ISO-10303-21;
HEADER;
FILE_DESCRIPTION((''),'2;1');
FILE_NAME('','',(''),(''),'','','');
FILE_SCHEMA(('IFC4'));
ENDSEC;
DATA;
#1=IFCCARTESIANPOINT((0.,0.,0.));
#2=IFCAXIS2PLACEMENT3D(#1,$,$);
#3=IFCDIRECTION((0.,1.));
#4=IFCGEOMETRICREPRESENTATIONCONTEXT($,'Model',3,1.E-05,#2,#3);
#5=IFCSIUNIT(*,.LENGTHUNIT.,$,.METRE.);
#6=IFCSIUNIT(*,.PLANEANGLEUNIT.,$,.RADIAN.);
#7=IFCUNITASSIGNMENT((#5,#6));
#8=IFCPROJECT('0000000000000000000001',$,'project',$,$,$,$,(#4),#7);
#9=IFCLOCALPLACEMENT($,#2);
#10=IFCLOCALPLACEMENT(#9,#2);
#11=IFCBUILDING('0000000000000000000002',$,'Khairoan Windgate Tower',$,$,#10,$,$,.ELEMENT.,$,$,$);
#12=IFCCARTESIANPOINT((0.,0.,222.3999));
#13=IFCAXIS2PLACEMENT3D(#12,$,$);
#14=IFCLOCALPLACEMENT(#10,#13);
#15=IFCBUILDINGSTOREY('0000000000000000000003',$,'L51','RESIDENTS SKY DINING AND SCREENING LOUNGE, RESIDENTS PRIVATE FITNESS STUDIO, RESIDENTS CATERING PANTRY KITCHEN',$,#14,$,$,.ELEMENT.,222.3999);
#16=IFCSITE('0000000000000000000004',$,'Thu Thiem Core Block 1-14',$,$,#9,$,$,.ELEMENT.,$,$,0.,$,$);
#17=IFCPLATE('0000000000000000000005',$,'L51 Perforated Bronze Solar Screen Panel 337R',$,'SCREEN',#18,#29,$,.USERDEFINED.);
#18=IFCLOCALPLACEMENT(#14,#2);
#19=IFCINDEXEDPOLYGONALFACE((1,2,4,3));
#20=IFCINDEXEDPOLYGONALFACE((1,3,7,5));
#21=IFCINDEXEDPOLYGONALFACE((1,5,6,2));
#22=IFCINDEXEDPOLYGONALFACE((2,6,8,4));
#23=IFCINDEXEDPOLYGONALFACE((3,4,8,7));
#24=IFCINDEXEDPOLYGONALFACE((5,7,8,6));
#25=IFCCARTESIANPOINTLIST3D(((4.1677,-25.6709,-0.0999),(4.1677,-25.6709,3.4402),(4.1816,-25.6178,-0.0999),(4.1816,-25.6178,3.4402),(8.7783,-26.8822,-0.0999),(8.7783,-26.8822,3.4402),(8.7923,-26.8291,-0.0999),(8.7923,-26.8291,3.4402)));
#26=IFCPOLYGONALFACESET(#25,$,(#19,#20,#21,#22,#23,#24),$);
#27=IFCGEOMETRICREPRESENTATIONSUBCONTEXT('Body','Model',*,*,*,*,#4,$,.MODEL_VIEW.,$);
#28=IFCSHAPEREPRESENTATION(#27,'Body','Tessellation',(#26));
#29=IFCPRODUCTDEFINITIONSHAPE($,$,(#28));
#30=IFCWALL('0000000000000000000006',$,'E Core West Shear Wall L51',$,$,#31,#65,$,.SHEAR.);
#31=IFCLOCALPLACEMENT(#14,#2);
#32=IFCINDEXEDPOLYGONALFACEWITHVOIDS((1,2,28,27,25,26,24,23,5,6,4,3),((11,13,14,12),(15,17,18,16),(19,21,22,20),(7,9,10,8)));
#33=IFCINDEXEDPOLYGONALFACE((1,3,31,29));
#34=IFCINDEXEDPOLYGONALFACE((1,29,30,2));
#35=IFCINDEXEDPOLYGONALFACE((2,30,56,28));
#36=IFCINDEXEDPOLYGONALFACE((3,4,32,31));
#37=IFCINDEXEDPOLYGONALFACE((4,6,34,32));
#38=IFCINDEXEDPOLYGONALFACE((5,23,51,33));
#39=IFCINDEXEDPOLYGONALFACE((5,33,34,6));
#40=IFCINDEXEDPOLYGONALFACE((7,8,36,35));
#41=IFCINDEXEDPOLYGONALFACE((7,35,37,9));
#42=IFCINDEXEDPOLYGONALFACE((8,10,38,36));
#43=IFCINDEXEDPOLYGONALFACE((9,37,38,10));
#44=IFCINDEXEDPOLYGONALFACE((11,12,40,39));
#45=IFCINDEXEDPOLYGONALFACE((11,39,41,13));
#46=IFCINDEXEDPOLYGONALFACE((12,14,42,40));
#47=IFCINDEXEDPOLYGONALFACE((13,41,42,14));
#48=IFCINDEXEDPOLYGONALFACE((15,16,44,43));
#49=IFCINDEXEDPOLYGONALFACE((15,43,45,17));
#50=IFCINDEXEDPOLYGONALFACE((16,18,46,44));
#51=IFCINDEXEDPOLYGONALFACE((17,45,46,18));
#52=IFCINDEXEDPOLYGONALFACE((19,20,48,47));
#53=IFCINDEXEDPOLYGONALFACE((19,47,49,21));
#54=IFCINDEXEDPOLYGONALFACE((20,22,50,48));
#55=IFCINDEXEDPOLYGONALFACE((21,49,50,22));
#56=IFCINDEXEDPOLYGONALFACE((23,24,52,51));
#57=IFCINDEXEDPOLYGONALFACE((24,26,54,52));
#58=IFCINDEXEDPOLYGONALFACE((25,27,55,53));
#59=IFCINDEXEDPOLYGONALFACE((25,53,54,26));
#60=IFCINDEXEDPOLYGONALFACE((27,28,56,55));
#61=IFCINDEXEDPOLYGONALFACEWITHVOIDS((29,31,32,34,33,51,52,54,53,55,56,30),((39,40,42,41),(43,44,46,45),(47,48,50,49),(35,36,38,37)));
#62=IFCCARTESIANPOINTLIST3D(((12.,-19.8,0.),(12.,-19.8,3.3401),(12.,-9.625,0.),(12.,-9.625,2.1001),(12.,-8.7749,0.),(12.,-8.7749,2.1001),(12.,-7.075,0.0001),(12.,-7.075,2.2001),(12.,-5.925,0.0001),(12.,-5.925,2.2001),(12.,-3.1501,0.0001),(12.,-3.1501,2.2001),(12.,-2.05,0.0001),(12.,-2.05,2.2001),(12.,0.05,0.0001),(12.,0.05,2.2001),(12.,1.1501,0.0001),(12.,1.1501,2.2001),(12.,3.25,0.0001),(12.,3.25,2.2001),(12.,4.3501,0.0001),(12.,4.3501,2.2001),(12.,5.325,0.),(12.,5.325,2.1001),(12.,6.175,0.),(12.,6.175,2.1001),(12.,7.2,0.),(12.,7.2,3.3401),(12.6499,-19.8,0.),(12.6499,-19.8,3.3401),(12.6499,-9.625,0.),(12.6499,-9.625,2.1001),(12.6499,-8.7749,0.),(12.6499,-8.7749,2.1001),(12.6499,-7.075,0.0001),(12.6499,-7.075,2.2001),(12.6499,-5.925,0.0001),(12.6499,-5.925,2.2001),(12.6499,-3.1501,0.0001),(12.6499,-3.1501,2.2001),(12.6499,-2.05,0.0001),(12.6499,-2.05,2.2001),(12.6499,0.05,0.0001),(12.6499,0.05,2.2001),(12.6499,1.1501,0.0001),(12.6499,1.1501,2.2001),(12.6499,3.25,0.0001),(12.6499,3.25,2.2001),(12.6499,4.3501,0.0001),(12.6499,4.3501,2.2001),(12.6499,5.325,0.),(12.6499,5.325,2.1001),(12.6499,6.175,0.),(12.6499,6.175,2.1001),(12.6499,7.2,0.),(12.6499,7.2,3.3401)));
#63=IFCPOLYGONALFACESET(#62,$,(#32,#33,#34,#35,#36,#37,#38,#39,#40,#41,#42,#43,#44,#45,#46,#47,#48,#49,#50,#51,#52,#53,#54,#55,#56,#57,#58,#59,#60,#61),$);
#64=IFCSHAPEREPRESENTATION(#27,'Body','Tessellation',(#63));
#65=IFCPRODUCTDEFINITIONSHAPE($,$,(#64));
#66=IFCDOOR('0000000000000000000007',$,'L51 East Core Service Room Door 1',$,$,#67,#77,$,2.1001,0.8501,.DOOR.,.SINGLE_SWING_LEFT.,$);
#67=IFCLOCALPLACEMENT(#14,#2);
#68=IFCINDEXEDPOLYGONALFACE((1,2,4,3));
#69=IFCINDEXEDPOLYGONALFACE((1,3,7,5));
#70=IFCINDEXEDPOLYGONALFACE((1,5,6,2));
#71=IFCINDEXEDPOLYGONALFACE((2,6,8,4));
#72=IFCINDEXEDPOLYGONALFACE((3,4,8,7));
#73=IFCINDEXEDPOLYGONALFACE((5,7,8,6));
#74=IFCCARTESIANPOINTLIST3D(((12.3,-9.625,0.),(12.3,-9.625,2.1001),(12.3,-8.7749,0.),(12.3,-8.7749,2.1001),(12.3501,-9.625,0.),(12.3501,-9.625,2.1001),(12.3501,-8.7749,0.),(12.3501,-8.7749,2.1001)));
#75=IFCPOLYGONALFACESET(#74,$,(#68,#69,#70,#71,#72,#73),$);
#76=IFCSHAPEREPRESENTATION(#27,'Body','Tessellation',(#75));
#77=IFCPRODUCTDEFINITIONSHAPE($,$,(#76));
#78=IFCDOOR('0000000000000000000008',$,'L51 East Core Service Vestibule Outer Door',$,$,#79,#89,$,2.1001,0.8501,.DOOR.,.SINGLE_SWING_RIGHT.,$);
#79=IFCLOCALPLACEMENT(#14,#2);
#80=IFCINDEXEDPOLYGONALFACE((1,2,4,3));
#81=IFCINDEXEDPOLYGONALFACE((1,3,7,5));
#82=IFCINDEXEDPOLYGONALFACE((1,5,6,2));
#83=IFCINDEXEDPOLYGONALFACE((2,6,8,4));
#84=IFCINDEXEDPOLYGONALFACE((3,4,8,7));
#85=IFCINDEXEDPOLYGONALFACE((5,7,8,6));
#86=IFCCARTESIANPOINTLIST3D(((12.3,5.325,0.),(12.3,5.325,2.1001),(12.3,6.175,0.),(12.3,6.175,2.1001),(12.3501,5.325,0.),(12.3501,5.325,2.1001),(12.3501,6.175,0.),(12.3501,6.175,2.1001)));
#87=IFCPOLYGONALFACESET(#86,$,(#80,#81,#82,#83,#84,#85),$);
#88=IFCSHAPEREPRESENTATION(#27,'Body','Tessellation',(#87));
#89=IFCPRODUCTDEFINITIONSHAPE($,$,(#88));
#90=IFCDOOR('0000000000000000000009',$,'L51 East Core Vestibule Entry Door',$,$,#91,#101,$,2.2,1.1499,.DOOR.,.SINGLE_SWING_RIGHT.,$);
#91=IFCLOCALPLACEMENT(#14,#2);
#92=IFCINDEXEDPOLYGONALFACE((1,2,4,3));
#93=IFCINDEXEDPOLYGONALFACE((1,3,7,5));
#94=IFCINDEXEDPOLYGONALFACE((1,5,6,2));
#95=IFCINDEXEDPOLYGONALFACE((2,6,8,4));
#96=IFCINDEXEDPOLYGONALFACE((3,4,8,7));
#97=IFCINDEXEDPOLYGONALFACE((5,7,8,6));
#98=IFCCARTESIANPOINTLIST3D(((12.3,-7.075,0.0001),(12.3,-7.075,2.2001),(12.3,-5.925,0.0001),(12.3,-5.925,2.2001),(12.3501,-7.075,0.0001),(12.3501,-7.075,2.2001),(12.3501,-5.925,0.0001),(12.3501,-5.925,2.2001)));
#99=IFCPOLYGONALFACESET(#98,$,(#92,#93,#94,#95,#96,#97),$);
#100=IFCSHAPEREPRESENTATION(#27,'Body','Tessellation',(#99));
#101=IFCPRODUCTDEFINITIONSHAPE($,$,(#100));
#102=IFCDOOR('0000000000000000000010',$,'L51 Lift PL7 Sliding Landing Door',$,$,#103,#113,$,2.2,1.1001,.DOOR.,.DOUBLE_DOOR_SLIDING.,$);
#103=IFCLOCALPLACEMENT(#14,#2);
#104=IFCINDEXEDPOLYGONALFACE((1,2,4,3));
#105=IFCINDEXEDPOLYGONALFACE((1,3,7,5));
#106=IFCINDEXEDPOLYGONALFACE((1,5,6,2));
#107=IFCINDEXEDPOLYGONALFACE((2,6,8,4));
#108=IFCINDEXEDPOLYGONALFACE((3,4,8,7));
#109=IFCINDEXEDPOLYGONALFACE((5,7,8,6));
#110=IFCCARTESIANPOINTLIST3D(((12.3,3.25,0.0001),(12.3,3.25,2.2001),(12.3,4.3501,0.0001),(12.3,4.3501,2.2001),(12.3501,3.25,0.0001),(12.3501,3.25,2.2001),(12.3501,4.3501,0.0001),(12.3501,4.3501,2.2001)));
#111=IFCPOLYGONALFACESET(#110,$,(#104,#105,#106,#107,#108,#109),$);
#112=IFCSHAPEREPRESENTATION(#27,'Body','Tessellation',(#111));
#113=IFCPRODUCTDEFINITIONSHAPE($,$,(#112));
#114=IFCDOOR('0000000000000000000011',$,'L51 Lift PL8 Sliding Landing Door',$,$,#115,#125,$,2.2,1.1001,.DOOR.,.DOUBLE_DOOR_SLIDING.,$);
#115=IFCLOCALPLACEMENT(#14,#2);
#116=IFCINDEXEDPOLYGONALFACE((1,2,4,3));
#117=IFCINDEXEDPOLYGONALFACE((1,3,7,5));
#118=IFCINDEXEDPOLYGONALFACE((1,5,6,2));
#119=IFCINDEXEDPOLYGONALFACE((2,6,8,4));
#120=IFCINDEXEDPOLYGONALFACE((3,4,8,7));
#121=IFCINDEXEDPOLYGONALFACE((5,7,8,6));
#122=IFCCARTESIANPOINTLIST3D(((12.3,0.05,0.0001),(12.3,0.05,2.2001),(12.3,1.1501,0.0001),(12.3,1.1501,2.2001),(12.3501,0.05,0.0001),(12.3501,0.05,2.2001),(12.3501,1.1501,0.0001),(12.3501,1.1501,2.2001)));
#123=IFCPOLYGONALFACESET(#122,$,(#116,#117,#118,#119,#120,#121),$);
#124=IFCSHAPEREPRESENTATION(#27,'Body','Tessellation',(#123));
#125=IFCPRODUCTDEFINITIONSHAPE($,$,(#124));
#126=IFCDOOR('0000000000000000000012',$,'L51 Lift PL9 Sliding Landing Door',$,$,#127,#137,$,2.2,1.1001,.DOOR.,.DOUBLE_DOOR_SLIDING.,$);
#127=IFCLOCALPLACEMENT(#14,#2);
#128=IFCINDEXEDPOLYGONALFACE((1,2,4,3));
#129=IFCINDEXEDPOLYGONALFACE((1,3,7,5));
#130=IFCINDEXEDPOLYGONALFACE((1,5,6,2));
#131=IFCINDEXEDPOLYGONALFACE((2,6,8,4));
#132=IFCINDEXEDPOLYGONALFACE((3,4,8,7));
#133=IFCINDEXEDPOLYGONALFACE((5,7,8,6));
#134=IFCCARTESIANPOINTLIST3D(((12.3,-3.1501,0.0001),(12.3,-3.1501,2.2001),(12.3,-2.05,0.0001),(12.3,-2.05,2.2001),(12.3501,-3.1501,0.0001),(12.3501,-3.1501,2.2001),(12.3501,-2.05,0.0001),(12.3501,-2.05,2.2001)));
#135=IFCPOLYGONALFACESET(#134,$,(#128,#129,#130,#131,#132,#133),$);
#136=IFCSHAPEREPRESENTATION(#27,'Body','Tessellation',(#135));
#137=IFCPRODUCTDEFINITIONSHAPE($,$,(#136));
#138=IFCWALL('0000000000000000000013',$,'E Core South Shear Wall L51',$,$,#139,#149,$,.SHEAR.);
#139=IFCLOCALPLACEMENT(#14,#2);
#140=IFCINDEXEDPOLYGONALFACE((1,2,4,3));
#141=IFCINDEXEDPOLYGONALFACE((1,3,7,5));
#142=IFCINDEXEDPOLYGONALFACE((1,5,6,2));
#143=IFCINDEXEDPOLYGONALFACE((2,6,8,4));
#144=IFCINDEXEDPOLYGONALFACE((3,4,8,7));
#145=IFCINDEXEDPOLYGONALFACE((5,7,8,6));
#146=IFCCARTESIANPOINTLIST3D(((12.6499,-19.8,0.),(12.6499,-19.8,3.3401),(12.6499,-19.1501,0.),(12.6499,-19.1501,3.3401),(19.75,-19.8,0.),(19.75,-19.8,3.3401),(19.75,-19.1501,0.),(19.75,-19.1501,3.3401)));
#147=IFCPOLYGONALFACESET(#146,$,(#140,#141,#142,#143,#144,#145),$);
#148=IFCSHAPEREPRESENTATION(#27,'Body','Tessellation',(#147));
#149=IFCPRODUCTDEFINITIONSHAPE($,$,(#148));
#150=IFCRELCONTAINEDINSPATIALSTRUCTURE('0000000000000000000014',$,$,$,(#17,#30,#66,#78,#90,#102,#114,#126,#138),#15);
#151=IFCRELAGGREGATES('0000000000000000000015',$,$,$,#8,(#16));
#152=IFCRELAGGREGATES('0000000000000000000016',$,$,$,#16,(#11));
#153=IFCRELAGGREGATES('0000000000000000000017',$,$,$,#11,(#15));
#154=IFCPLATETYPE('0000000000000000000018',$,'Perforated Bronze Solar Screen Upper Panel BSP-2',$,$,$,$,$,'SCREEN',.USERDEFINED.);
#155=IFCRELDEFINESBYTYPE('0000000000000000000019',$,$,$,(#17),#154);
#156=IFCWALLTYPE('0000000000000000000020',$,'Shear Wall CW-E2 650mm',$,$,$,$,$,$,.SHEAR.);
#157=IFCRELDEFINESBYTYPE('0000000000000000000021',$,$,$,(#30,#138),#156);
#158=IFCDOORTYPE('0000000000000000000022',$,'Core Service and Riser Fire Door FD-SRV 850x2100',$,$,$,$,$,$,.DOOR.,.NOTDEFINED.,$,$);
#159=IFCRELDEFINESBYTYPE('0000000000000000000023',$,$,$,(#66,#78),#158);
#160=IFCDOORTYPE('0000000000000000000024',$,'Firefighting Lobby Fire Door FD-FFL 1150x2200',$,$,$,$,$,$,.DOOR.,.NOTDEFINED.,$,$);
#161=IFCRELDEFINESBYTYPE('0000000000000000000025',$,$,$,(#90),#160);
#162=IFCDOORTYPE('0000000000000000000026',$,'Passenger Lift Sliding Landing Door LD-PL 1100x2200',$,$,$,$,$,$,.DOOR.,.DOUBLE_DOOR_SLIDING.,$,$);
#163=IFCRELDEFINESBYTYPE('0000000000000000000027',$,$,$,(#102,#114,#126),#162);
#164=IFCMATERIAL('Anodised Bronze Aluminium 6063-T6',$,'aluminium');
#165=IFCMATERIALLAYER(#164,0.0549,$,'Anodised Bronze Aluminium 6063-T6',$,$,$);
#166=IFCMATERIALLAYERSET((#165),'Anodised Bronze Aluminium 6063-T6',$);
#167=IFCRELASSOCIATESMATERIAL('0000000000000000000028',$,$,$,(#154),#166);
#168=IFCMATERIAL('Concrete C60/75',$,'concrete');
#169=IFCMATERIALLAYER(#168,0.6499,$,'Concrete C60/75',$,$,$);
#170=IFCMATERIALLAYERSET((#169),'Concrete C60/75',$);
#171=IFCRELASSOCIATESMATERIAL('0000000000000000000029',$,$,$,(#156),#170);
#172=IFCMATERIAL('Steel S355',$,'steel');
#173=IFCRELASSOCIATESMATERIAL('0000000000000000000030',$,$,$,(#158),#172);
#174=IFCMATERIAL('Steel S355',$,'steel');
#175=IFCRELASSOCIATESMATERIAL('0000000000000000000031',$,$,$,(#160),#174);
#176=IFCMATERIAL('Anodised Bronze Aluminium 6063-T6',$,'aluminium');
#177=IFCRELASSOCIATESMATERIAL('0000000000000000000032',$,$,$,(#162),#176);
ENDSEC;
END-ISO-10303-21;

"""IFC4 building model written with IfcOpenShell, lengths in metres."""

from ifc_helpers import new_model, si_unit, direction, frame, frame_2d, origin, origin_2d, place, context, subcontext, project, spatial, rectangle, extrude, material, layer, layer_set, type_object, element, fill, save


model = new_model("IFC4")

# Units and contexts
model_context = context("Model", 3, precision=1e-05, world=origin(), true_north=direction((0.0, 1.0)))
body_context = subcontext(model_context, "Body", "Model", "MODEL_VIEW")
ifc_project = project(units=[si_unit("LENGTHUNIT", "METRE"), si_unit("PLANEANGLEUNIT", "RADIAN")], contexts=[model_context])

# Site, building, storey
site_placement = place(None, origin())
site = spatial("IfcSite", under=ifc_project, at=site_placement, Name="Thu Thiem Core Block 1-14", CompositionType="ELEMENT", RefElevation=0.0)
building_placement = place(site_placement, origin())
building = spatial("IfcBuilding", under=site, at=building_placement, Name="Khairoan Windgate Tower", CompositionType="ELEMENT")
storey_placement = place(building_placement, frame((0.0, 0.0, 222.3999)))
storey = spatial("IfcBuildingStorey", under=building, at=storey_placement, Name="L51", Description="RESIDENTS SKY DINING AND SCREENING LOUNGE, RESIDENTS PRIVATE FITNESS STUDIO, RESIDENTS CATERING PANTRY KITCHEN", CompositionType="ELEMENT", Elevation=222.3999)

# Plate
ifc_material_1 = material(Name="Anodised Bronze Aluminium 6063-T6", Category="aluminium")
ifc_layer_1 = layer(ifc_material_1, 0.0549, Name="Anodised Bronze Aluminium 6063-T6")
ifc_layer_set_1 = layer_set([ifc_layer_1], Name="Anodised Bronze Aluminium 6063-T6")
plate_type = type_object("IfcPlateType", Name="Perforated Bronze Solar Screen Upper Panel BSP-2", ElementType="SCREEN", PredefinedType="USERDEFINED", material=ifc_layer_set_1)
plate_placement = place(storey_placement, frame((6.48, -26.25, -0.0999), z_axis=(0.0, 0.0, 1.0), x_axis=(-0.967179, 0.254096, 0.0)))
element("IfcPlate", 1, at=plate_placement, inside=storey, type_object=plate_type, Name="L51 Perforated Bronze Solar Screen Panel 337R", ObjectType="SCREEN", PredefinedType="USERDEFINED", context=body_context, shape_type="SweptSolid", body=[
    extrude(rectangle(XDim=4.7671, YDim=0.0549, at=origin_2d()), origin(), (0.0, 0.0, 1.0), 3.54),
])

# Wall, openings, doors
ifc_material_2 = material(Name="Concrete C60/75", Category="concrete")
ifc_layer_2 = layer(ifc_material_2, 0.6499, Name="Concrete C60/75")
ifc_layer_set_2 = layer_set([ifc_layer_2], Name="Concrete C60/75")
wall_type_1 = type_object("IfcWallType", Name="Shear Wall CW-E2 650mm", PredefinedType="SHEAR", material=ifc_layer_set_2)
wall_1_placement = place(storey_placement, frame((12.325, -19.8, 0.0), z_axis=(0.0, 0.0, 1.0), x_axis=(0.0, 1.0, 0.0)))
wall_1 = element("IfcWall", 2, at=wall_1_placement, inside=storey, type_object=wall_type_1, Name="E Core West Shear Wall L51", PredefinedType="SHEAR", context=body_context, shape_type="SweptSolid", body=[
    extrude(rectangle(XDim=27.0, YDim=0.6499, at=frame_2d((13.5, 0.0))), origin(), (0.0, 0.0, 1.0), 3.3401),
])
opening_1_placement = place(wall_1_placement, frame((23.05, 0.0, 0.0)))
opening_1 = element("IfcOpeningElement", 3, at=opening_1_placement, cuts=wall_1, PredefinedType="OPENING", context=body_context, shape_type="SweptSolid", body=[
    extrude(rectangle(XDim=1.1001, YDim=2.2, at=frame_2d((0.55, 1.1001))), frame((0.0, 0.335, 0.0), z_axis=(0.0, -1.0, 0.0), x_axis=(1.0, 0.0, 0.0)), (0.0, 0.0, 1.0), 0.6699),
])
opening_2_placement = place(wall_1_placement, frame((19.8501, 0.0, 0.0)))
opening_2 = element("IfcOpeningElement", 4, at=opening_2_placement, cuts=wall_1, PredefinedType="OPENING", context=body_context, shape_type="SweptSolid", body=[
    extrude(rectangle(XDim=1.1001, YDim=2.2, at=frame_2d((0.55, 1.1001))), frame((0.0, 0.335, 0.0), z_axis=(0.0, -1.0, 0.0), x_axis=(1.0, 0.0, 0.0)), (0.0, 0.0, 1.0), 0.6699),
])
opening_3_placement = place(wall_1_placement, frame((16.6499, 0.0, 0.0)))
opening_3 = element("IfcOpeningElement", 5, at=opening_3_placement, cuts=wall_1, PredefinedType="OPENING", context=body_context, shape_type="SweptSolid", body=[
    extrude(rectangle(XDim=1.1001, YDim=2.2, at=frame_2d((0.55, 1.1001))), frame((0.0, 0.335, 0.0), z_axis=(0.0, -1.0, 0.0), x_axis=(1.0, 0.0, 0.0)), (0.0, 0.0, 1.0), 0.6699),
])
opening_4_placement = place(wall_1_placement, frame((10.175, 0.0, 0.0)))
opening_4 = element("IfcOpeningElement", 6, at=opening_4_placement, cuts=wall_1, PredefinedType="OPENING", context=body_context, shape_type="SweptSolid", body=[
    extrude(rectangle(XDim=0.8501, YDim=2.1001, at=frame_2d((0.425, 1.05))), frame((0.0, 0.335, 0.0), z_axis=(0.0, -1.0, 0.0), x_axis=(1.0, 0.0, 0.0)), (0.0, 0.0, 1.0), 0.6699),
])
opening_5_placement = place(wall_1_placement, frame((12.7251, 0.0, 0.0)))
opening_5 = element("IfcOpeningElement", 7, at=opening_5_placement, cuts=wall_1, PredefinedType="OPENING", context=body_context, shape_type="SweptSolid", body=[
    extrude(rectangle(XDim=1.1499, YDim=2.2, at=frame_2d((0.575, 1.1001))), frame((0.0, 0.335, 0.0), z_axis=(0.0, -1.0, 0.0), x_axis=(1.0, 0.0, 0.0)), (0.0, 0.0, 1.0), 0.6699),
])
opening_6_placement = place(wall_1_placement, frame((25.125, 0.0, 0.0)))
opening_6 = element("IfcOpeningElement", 8, at=opening_6_placement, cuts=wall_1, PredefinedType="OPENING", context=body_context, shape_type="SweptSolid", body=[
    extrude(rectangle(XDim=0.8501, YDim=2.1001, at=frame_2d((0.425, 1.05))), frame((0.0, 0.335, 0.0), z_axis=(0.0, -1.0, 0.0), x_axis=(1.0, 0.0, 0.0)), (0.0, 0.0, 1.0), 0.6699),
])
ifc_material_3 = material(Name="Steel S355", Category="steel")
door_type_1 = type_object("IfcDoorType", Name="Core Service and Riser Fire Door FD-SRV 850x2100", OperationType="NOTDEFINED", PredefinedType="DOOR", material=ifc_material_3)
door_1_placement = place(opening_4_placement, origin())
door_1 = element("IfcDoor", 9, at=door_1_placement, inside=storey, type_object=door_type_1, Name="L51 East Core Service Room Door 1", OperationType="SINGLE_SWING_LEFT", OverallHeight=2.1001, OverallWidth=0.8501, PredefinedType="DOOR", context=body_context, shape_type="SweptSolid", body=[
    extrude(rectangle(XDim=0.8501, YDim=2.1001, at=frame_2d((0.425, 1.05))), frame((0.0, 0.0249, 0.0), z_axis=(0.0, -1.0, 0.0), x_axis=(1.0, 0.0, 0.0)), (0.0, 0.0, 1.0), 0.05),
])
fill(opening_4, door_1)
door_2_placement = place(opening_6_placement, origin())
door_2 = element("IfcDoor", 10, at=door_2_placement, inside=storey, type_object=door_type_1, Name="L51 East Core Service Vestibule Outer Door", OperationType="SINGLE_SWING_RIGHT", OverallHeight=2.1001, OverallWidth=0.8501, PredefinedType="DOOR", context=body_context, shape_type="SweptSolid", body=[
    extrude(rectangle(XDim=0.8501, YDim=2.1001, at=frame_2d((0.425, 1.05))), frame((0.0, 0.0249, 0.0), z_axis=(0.0, -1.0, 0.0), x_axis=(1.0, 0.0, 0.0)), (0.0, 0.0, 1.0), 0.05),
])
fill(opening_6, door_2)
ifc_material_4 = material(Name="Steel S355", Category="steel")
door_type_2 = type_object("IfcDoorType", Name="Firefighting Lobby Fire Door FD-FFL 1150x2200", OperationType="NOTDEFINED", PredefinedType="DOOR", material=ifc_material_4)
door_3_placement = place(opening_5_placement, origin())
door_3 = element("IfcDoor", 11, at=door_3_placement, inside=storey, type_object=door_type_2, Name="L51 East Core Vestibule Entry Door", OperationType="SINGLE_SWING_RIGHT", OverallHeight=2.2, OverallWidth=1.1499, PredefinedType="DOOR", context=body_context, shape_type="SweptSolid", body=[
    extrude(rectangle(XDim=1.1499, YDim=2.2, at=frame_2d((0.575, 1.1001))), frame((0.0, 0.0249, 0.0), z_axis=(0.0, -1.0, 0.0), x_axis=(1.0, 0.0, 0.0)), (0.0, 0.0, 1.0), 0.05),
])
fill(opening_5, door_3)
ifc_material_5 = material(Name="Anodised Bronze Aluminium 6063-T6", Category="aluminium")
door_type_3 = type_object("IfcDoorType", Name="Passenger Lift Sliding Landing Door LD-PL 1100x2200", OperationType="DOUBLE_DOOR_SLIDING", PredefinedType="DOOR", material=ifc_material_5)
door_4_placement = place(opening_1_placement, origin())
door_4 = element("IfcDoor", 12, at=door_4_placement, inside=storey, type_object=door_type_3, Name="L51 Lift PL7 Sliding Landing Door", OperationType="DOUBLE_DOOR_SLIDING", OverallHeight=2.2, OverallWidth=1.1001, PredefinedType="DOOR", context=body_context, shape_type="SweptSolid", body=[
    extrude(rectangle(XDim=1.1001, YDim=2.2, at=frame_2d((0.55, 1.1001))), frame((0.0, 0.0249, 0.0), z_axis=(0.0, -1.0, 0.0), x_axis=(1.0, 0.0, 0.0)), (0.0, 0.0, 1.0), 0.05),
])
fill(opening_1, door_4)
door_5_placement = place(opening_2_placement, origin())
door_5 = element("IfcDoor", 13, at=door_5_placement, inside=storey, type_object=door_type_3, Name="L51 Lift PL8 Sliding Landing Door", OperationType="DOUBLE_DOOR_SLIDING", OverallHeight=2.2, OverallWidth=1.1001, PredefinedType="DOOR", context=body_context, shape_type="SweptSolid", body=[
    extrude(rectangle(XDim=1.1001, YDim=2.2, at=frame_2d((0.55, 1.1001))), frame((0.0, 0.0249, 0.0), z_axis=(0.0, -1.0, 0.0), x_axis=(1.0, 0.0, 0.0)), (0.0, 0.0, 1.0), 0.05),
])
fill(opening_2, door_5)
door_6_placement = place(opening_3_placement, origin())
door_6 = element("IfcDoor", 14, at=door_6_placement, inside=storey, type_object=door_type_3, Name="L51 Lift PL9 Sliding Landing Door", OperationType="DOUBLE_DOOR_SLIDING", OverallHeight=2.2, OverallWidth=1.1001, PredefinedType="DOOR", context=body_context, shape_type="SweptSolid", body=[
    extrude(rectangle(XDim=1.1001, YDim=2.2, at=frame_2d((0.55, 1.1001))), frame((0.0, 0.0249, 0.0), z_axis=(0.0, -1.0, 0.0), x_axis=(1.0, 0.0, 0.0)), (0.0, 0.0, 1.0), 0.05),
])
fill(opening_3, door_6)

# Wall
wall_2_placement = place(storey_placement, frame((12.6499, -19.4751, 0.0), z_axis=(0.0, 0.0, 1.0), x_axis=(1.0, 0.0, 0.0)))
element("IfcWall", 15, at=wall_2_placement, inside=storey, type_object=wall_type_1, Name="E Core South Shear Wall L51", PredefinedType="SHEAR", context=body_context, shape_type="SweptSolid", body=[
    extrude(rectangle(XDim=7.1001, YDim=0.6499, at=frame_2d((3.55, 0.0))), origin(), (0.0, 0.0, 1.0), 3.3401),
])

save(model, "model.ifc")
